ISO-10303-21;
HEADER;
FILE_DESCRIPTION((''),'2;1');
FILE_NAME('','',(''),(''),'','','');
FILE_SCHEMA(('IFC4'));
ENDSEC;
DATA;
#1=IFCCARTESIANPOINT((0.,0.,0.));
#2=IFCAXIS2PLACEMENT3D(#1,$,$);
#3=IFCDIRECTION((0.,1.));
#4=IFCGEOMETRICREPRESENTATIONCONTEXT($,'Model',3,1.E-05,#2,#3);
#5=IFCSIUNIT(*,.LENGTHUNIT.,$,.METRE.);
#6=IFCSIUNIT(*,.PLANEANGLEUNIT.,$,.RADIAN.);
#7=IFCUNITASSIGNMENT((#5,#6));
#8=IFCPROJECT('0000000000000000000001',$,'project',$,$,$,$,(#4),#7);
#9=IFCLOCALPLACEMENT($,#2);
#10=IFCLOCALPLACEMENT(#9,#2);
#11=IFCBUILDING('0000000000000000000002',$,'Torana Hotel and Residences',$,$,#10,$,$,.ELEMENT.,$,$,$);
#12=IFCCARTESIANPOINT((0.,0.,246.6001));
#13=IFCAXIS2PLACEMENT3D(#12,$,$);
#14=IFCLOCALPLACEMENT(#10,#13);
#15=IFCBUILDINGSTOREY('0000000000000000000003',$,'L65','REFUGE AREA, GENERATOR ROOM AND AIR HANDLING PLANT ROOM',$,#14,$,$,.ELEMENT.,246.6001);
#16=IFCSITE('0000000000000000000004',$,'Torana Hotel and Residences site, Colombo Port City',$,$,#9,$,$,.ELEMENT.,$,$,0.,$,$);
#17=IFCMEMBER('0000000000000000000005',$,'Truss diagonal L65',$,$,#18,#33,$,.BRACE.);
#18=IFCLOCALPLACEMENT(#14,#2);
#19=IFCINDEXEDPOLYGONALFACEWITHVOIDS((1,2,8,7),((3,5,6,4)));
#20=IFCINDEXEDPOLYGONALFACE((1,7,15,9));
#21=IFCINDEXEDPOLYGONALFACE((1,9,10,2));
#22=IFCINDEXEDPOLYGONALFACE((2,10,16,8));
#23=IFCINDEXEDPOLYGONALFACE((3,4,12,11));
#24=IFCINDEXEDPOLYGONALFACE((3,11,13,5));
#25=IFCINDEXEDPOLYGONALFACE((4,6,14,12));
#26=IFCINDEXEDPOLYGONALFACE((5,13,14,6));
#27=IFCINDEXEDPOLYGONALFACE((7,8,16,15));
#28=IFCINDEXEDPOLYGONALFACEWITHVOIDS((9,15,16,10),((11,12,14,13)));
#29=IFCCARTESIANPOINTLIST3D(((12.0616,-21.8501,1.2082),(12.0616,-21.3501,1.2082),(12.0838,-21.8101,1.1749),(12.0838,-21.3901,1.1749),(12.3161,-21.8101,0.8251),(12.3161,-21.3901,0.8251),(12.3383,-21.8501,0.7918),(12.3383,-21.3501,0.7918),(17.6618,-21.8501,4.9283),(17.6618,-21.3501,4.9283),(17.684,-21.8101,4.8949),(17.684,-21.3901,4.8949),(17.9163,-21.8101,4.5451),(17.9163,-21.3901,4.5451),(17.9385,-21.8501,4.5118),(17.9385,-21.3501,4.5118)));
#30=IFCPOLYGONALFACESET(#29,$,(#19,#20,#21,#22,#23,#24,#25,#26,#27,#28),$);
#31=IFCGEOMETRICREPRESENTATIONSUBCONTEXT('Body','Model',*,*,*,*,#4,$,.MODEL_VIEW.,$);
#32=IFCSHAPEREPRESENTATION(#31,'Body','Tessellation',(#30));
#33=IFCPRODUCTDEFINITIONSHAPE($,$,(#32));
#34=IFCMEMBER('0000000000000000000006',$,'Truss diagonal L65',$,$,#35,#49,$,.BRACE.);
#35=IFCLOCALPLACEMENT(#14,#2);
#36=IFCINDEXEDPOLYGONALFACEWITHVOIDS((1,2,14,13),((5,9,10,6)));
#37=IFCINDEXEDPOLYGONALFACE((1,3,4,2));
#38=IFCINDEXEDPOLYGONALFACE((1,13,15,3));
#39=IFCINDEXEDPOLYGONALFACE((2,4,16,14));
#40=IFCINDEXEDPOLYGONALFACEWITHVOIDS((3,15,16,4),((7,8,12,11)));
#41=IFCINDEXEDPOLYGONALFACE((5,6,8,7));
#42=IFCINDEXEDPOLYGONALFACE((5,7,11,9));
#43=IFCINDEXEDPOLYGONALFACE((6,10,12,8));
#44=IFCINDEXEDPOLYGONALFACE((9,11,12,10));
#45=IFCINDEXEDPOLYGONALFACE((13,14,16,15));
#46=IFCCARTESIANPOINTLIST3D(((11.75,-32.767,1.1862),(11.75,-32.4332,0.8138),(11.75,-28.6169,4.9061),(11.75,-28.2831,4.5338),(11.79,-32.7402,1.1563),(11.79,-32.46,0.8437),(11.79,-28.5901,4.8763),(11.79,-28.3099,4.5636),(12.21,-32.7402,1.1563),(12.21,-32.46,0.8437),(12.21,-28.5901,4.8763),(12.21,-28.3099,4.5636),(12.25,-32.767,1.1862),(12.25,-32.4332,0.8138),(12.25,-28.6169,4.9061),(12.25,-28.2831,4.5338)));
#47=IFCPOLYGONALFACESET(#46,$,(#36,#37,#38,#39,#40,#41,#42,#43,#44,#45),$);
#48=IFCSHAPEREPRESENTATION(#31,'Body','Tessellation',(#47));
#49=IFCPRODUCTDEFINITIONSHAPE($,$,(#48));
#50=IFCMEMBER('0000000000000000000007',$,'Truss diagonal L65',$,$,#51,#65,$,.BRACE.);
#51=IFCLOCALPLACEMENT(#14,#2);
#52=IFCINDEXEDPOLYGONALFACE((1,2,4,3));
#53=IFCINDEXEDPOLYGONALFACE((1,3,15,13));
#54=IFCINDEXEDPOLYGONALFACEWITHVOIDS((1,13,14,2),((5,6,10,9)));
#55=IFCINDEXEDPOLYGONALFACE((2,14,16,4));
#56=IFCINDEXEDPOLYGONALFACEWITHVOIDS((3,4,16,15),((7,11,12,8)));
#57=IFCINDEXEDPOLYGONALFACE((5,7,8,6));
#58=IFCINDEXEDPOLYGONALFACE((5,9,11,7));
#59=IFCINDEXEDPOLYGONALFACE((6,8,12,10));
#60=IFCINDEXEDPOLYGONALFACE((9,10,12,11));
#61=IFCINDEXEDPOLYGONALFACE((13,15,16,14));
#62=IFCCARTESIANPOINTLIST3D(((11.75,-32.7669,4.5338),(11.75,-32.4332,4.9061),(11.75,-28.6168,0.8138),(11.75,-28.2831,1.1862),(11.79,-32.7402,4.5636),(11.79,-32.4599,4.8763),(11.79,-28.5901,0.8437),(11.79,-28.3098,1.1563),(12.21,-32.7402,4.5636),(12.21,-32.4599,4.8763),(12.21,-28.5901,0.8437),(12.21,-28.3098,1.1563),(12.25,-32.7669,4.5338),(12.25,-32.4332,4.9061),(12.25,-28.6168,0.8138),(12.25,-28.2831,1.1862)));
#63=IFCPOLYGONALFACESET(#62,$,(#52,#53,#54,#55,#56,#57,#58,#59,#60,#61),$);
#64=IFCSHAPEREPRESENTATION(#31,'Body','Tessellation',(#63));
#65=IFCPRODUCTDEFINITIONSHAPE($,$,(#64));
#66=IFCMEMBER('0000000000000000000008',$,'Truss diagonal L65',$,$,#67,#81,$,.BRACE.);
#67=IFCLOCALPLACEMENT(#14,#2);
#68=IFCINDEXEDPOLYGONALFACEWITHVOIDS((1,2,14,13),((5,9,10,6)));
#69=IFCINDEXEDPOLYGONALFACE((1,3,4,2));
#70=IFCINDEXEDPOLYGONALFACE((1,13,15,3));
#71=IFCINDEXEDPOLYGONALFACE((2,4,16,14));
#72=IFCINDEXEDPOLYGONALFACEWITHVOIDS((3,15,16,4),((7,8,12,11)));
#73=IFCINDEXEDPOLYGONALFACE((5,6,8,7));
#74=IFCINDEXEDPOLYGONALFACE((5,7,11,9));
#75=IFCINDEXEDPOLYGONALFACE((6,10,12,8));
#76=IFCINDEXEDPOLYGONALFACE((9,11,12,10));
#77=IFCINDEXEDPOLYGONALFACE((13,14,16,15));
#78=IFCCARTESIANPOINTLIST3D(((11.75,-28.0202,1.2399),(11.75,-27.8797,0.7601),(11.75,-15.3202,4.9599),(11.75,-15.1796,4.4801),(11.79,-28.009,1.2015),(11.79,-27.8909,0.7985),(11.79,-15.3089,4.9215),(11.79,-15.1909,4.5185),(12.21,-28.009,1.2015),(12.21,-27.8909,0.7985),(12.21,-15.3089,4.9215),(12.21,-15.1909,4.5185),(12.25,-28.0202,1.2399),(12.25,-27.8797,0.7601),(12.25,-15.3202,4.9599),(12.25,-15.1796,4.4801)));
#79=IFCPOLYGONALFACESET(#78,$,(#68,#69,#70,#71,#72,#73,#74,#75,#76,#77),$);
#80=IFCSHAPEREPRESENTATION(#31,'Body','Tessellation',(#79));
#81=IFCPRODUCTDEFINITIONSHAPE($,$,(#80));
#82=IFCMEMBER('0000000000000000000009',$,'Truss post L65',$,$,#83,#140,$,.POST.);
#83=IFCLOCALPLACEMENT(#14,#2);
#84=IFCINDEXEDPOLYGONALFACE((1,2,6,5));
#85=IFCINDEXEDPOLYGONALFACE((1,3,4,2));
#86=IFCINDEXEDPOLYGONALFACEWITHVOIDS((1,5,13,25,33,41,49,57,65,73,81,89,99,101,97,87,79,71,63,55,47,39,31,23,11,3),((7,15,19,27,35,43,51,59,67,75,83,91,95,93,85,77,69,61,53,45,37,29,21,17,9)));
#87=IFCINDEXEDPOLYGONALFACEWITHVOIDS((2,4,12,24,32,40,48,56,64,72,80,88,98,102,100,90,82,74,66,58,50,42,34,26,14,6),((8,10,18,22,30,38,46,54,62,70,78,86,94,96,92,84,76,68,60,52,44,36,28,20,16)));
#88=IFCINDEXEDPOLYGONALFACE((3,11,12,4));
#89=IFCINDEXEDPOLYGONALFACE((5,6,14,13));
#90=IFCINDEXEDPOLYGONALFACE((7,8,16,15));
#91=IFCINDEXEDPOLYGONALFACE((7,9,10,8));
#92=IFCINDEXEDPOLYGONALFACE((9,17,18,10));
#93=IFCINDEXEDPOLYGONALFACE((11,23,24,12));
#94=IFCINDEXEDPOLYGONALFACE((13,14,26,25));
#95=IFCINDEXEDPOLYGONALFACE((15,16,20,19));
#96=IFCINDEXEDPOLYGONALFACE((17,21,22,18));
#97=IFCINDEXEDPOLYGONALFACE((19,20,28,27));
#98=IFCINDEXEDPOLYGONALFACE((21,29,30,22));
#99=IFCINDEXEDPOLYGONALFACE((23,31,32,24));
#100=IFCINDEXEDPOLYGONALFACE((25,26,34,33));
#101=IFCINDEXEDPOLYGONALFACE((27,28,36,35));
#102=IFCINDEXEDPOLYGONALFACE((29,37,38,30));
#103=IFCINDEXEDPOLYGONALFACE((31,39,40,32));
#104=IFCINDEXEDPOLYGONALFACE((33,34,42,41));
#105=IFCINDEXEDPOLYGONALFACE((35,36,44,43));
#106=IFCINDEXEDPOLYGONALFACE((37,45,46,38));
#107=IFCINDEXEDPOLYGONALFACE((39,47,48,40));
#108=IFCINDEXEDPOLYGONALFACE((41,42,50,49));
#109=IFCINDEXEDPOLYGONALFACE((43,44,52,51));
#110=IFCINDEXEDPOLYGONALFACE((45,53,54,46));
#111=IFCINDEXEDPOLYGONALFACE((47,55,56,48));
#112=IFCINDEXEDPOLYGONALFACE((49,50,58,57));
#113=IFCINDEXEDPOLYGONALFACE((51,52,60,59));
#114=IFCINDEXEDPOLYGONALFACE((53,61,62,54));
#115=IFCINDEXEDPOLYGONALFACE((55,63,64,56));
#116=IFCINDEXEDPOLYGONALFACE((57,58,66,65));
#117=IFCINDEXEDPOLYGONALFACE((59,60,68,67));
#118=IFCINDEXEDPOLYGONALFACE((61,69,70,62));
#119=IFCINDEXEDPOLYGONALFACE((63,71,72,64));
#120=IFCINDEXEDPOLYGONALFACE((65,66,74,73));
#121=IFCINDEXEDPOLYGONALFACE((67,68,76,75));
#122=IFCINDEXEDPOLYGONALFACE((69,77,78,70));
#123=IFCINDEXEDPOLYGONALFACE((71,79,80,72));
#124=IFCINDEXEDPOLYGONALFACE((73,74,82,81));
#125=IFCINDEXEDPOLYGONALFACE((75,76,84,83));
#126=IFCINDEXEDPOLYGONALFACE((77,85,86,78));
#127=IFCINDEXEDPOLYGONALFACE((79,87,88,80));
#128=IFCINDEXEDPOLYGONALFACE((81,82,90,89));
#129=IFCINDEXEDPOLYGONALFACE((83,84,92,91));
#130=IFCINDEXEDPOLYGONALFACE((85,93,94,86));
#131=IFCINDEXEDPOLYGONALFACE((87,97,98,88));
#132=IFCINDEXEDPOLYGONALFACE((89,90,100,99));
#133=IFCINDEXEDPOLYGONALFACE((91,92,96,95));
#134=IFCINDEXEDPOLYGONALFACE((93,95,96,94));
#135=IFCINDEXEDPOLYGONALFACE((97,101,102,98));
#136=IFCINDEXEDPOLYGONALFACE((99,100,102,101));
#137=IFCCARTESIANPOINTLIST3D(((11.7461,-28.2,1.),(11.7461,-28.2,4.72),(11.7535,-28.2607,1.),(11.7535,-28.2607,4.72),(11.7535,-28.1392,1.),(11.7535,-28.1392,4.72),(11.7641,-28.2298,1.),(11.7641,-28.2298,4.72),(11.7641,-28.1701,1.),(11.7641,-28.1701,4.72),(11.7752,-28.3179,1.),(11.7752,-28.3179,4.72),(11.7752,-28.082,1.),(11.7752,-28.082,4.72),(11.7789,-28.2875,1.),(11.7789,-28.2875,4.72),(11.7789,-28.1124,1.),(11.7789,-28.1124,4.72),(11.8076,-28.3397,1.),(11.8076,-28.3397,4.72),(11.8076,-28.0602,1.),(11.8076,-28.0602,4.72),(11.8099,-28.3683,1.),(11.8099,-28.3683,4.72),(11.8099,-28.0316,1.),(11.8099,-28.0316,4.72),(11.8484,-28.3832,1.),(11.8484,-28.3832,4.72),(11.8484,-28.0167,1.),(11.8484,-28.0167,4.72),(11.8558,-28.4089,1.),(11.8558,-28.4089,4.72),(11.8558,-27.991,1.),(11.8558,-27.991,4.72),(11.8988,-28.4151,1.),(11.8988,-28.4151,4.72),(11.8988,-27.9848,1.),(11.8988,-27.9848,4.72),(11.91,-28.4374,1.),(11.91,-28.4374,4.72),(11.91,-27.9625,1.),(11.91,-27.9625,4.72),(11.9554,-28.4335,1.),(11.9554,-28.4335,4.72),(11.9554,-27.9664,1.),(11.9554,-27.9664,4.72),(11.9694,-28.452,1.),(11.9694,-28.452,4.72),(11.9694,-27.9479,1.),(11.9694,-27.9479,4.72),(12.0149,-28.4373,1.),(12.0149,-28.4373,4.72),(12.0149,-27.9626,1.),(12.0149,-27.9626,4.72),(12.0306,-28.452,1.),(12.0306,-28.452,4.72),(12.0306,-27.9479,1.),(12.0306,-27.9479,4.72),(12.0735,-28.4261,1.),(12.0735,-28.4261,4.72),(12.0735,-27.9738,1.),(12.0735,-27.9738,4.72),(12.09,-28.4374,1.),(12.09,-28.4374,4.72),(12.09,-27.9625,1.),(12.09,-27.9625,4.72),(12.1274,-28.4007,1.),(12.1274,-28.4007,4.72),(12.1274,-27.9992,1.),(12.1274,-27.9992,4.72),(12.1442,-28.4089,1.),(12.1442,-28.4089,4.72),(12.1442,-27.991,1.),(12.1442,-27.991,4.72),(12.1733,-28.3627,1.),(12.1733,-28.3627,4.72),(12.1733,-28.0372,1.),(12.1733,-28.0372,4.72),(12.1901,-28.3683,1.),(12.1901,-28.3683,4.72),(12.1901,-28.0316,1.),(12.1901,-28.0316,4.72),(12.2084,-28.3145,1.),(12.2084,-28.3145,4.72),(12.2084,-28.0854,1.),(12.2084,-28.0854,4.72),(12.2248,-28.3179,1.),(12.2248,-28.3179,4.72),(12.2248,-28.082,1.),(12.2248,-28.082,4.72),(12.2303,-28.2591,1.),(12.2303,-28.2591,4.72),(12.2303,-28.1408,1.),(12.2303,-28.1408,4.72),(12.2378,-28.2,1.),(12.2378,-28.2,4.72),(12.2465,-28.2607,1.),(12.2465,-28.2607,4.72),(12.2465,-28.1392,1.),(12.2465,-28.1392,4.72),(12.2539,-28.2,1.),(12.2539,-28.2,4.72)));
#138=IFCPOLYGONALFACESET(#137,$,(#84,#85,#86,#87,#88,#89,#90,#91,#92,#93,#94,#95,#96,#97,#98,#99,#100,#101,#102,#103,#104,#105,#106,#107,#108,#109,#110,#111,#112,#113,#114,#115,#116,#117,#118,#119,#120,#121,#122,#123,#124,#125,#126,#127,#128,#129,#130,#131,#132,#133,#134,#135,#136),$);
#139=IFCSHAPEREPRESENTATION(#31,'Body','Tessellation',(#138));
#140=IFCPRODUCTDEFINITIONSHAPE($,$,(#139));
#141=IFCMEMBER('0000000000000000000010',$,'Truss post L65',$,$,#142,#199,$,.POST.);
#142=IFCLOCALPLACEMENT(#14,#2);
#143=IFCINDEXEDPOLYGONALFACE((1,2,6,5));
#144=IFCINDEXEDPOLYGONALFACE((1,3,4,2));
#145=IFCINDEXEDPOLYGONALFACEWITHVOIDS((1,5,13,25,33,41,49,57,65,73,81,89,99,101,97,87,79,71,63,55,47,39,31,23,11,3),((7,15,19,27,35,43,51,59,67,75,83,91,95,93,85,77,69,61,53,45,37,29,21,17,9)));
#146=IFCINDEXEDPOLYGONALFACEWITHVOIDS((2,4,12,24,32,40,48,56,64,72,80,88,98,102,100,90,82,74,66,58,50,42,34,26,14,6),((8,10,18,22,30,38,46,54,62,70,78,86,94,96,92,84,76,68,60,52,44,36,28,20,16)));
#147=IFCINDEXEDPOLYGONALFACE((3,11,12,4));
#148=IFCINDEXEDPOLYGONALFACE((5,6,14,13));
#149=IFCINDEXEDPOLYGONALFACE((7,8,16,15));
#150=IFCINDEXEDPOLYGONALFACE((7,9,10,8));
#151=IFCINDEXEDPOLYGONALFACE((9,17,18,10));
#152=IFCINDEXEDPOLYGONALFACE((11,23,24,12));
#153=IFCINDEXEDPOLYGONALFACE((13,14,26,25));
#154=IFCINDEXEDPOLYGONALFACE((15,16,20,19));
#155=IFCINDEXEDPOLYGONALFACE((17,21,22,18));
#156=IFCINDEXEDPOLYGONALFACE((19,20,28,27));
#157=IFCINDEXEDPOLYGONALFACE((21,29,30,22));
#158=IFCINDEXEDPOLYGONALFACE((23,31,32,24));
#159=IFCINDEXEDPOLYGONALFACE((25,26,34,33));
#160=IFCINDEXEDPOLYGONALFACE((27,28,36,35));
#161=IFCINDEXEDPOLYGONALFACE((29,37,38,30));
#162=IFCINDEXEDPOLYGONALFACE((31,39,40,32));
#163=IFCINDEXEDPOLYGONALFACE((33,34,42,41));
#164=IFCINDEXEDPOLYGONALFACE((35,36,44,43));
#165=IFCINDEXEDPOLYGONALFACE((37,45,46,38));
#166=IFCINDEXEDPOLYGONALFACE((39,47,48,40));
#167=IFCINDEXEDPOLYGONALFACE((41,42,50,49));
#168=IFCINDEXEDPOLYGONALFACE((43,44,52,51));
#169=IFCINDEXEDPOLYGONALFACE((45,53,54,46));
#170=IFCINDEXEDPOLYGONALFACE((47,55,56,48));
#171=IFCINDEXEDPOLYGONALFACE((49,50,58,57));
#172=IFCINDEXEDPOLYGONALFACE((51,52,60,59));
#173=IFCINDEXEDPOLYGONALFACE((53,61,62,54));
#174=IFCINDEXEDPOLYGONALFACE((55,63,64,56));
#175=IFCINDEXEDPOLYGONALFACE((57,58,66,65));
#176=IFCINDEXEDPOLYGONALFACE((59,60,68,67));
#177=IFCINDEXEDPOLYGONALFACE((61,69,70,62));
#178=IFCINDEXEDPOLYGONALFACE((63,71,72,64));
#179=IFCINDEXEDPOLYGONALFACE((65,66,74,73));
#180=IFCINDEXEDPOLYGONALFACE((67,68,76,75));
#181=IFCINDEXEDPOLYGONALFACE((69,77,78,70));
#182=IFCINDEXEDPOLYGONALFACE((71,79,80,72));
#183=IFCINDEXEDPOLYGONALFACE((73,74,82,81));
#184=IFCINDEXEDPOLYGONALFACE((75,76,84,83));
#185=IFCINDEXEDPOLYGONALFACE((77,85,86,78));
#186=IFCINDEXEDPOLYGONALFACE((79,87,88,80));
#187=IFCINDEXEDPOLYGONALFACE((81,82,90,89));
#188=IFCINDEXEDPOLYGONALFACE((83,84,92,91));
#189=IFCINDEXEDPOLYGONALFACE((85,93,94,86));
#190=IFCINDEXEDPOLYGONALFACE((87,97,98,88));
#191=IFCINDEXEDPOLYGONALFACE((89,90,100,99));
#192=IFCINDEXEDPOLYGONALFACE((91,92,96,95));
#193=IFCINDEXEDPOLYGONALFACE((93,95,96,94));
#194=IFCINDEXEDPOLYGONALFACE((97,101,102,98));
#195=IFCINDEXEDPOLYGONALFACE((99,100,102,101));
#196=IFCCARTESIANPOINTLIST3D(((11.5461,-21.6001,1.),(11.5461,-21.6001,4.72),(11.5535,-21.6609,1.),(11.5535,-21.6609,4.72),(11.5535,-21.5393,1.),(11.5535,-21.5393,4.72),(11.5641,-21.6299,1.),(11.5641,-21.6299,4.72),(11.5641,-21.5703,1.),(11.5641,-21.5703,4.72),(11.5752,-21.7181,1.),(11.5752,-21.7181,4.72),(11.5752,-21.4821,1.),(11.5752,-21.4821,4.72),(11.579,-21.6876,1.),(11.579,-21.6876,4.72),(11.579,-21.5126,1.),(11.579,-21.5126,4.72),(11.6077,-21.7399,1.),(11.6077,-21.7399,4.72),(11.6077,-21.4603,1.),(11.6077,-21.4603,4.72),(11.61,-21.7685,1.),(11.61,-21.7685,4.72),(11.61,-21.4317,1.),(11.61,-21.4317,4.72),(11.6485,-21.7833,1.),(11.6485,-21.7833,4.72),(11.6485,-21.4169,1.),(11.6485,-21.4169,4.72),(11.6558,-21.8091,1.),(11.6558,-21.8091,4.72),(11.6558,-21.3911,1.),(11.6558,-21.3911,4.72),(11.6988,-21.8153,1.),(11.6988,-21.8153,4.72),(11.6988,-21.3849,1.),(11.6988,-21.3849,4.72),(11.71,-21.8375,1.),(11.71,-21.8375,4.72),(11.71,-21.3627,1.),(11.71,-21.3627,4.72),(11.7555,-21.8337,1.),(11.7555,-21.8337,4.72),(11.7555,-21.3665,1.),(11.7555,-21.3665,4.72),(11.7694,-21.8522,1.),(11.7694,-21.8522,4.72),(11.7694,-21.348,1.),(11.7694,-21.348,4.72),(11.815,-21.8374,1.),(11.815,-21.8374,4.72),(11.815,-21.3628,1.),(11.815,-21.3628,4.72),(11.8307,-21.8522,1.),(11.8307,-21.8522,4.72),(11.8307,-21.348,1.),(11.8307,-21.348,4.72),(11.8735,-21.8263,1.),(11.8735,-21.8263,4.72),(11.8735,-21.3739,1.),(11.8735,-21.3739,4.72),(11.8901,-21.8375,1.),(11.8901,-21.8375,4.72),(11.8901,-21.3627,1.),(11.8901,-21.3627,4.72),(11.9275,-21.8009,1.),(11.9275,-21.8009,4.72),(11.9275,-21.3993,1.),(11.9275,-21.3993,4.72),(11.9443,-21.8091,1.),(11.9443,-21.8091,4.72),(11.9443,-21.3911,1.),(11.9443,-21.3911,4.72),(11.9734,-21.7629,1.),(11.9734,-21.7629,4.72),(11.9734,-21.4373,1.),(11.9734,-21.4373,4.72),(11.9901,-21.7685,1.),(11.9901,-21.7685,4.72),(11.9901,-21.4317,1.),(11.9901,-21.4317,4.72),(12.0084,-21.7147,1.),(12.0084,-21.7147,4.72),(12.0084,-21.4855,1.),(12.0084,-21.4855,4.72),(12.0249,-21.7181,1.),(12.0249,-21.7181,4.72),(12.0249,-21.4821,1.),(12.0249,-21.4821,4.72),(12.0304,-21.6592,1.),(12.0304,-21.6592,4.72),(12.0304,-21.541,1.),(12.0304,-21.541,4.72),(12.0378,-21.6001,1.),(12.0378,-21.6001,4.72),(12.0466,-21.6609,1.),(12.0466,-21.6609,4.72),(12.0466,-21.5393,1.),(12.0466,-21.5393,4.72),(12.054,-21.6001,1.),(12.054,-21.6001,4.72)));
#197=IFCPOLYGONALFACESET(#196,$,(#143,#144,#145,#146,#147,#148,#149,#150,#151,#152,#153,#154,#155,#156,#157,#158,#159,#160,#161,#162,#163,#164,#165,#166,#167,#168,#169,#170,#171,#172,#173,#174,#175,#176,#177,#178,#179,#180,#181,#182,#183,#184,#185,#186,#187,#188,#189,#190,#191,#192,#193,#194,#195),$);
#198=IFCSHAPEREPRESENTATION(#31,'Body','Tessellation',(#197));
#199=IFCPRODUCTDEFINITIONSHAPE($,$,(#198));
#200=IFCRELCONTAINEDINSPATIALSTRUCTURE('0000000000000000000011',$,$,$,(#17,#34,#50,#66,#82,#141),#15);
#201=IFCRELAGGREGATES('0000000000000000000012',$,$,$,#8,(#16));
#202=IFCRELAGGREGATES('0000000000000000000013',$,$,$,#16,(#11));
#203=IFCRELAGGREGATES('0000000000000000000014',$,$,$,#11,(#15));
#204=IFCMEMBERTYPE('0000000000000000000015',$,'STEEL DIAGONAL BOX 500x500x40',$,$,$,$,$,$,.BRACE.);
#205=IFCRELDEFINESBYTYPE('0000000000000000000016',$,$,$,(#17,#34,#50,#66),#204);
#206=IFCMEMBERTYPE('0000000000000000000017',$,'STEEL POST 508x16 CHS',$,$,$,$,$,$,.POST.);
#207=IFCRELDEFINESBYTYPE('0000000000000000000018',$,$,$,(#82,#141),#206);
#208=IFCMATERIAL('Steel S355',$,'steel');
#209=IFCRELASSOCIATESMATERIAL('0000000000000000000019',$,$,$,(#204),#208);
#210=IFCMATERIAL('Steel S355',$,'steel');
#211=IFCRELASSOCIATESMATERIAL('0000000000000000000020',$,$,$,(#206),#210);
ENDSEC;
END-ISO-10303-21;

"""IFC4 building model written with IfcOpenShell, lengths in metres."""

from ifc_helpers import new_model, si_unit, direction, frame, origin, origin_2d, place, context, subcontext, project, spatial, hollow_rectangle, hollow_circle, extrude, material, material_profile, profile_set, type_object, element, save


model = new_model("IFC4")

# Units and contexts
model_context = context("Model", 3, precision=1e-05, world=origin(), true_north=direction((0.0, 1.0)))
body_context = subcontext(model_context, "Body", "Model", "MODEL_VIEW")
ifc_project = project(units=[si_unit("LENGTHUNIT", "METRE"), si_unit("PLANEANGLEUNIT", "RADIAN")], contexts=[model_context])

# Site, building, storey
site_placement = place(None, origin())
site = spatial("IfcSite", under=ifc_project, at=site_placement, Name="Torana Hotel and Residences site, Colombo Port City", CompositionType="ELEMENT", RefElevation=0.0)
building_placement = place(site_placement, origin())
building = spatial("IfcBuilding", under=site, at=building_placement, Name="Torana Hotel and Residences", CompositionType="ELEMENT")
storey_placement = place(building_placement, frame((0.0, 0.0, 246.6001)))
storey = spatial("IfcBuildingStorey", under=building, at=storey_placement, Name="L65", Description="REFUGE AREA, GENERATOR ROOM AND AIR HANDLING PLANT ROOM", CompositionType="ELEMENT", Elevation=246.6001)

# Members
ifc_material_1 = material(Name="Steel S355", Category="steel")
ifc_material_profile_1 = material_profile(ifc_material_1, hollow_rectangle(XDim=0.5, YDim=0.5, WallThickness=0.04, at=origin_2d()), Name="BOX 500x500x40")
ifc_profile_set_1 = profile_set([ifc_material_profile_1], Name="Steel S355")
member_type_1 = type_object("IfcMemberType", Name="STEEL DIAGONAL BOX 500x500x40", PredefinedType="BRACE", material=ifc_profile_set_1)
member_1_placement = place(storey_placement, frame((12.2, -21.6001, 1.0), z_axis=(0.832971, 0.0, 0.553317), x_axis=(0.0, 1.0, 0.0)))
element("IfcMember", 1, at=member_1_placement, inside=storey, type_object=member_type_1, Name="Truss diagonal L65", PredefinedType="BRACE", context=body_context, shape_type="SweptSolid", body=[
    extrude(hollow_rectangle(XDim=0.5, YDim=0.5, WallThickness=0.04, at=origin_2d()), origin(), (0.0, 0.0, 1.0), 6.7231),
])
for number, where, z_axis, x_axis, name in (
    (2, (12.0, -32.6001, 1.0), (0.0, 0.744645, 0.66746), (-1.0, 0.0, 0.0), "Truss diagonal L65"),
    (3, (12.0, -28.45, 1.0), (0.0, -0.744645, 0.66746), (1.0, 0.0, 0.0), "Truss diagonal L65"),
):
    element("IfcMember", number, at=place(storey_placement, frame(where, z_axis=z_axis, x_axis=x_axis)), inside=storey, type_object=member_type_1, Name=name, PredefinedType="BRACE", context=body_context, shape_type="SweptSolid", body=[
        extrude(hollow_rectangle(XDim=0.5, YDim=0.5, WallThickness=0.04, at=origin_2d()), origin(), (0.0, 0.0, 1.0), 5.5732),
    ])
member_2_placement = place(storey_placement, frame((12.0, -27.95, 1.0), z_axis=(0.0, 0.959678, 0.281101), x_axis=(-1.0, 0.0, 0.0)))
element("IfcMember", 4, at=member_2_placement, inside=storey, type_object=member_type_1, Name="Truss diagonal L65", PredefinedType="BRACE", context=body_context, shape_type="SweptSolid", body=[
    extrude(hollow_rectangle(XDim=0.5, YDim=0.5, WallThickness=0.04, at=origin_2d()), origin(), (0.0, 0.0, 1.0), 13.2336),
])
ifc_material_2 = material(Name="Steel S355", Category="steel")
ifc_material_profile_2 = material_profile(ifc_material_2, hollow_circle(Radius=0.2539, WallThickness=0.0161, at=origin_2d()), Name="508x16 CHS")
ifc_profile_set_2 = profile_set([ifc_material_profile_2], Name="Steel S355")
member_type_2 = type_object("IfcMemberType", Name="STEEL POST 508x16 CHS", PredefinedType="POST", material=ifc_profile_set_2)
for number, where, z_axis, x_axis, name in (
    (5, (12.0, -28.2, 1.0), (0.0, 0.0, 1.0), (1.0, 0.0, 0.0), "Truss post L65"),
    (6, (11.8, -21.6001, 1.0), (0.0, 0.0, 1.0), (1.0, 0.0, 0.0), "Truss post L65"),
):
    element("IfcMember", number, at=place(storey_placement, frame(where, z_axis=z_axis, x_axis=x_axis)), inside=storey, type_object=member_type_2, Name=name, PredefinedType="POST", context=body_context, shape_type="SweptSolid", body=[
        extrude(hollow_circle(Radius=0.2539, WallThickness=0.0161, at=origin_2d()), origin(), (0.0, 0.0, 1.0), 3.72),
    ])

save(model, "model.ifc")
